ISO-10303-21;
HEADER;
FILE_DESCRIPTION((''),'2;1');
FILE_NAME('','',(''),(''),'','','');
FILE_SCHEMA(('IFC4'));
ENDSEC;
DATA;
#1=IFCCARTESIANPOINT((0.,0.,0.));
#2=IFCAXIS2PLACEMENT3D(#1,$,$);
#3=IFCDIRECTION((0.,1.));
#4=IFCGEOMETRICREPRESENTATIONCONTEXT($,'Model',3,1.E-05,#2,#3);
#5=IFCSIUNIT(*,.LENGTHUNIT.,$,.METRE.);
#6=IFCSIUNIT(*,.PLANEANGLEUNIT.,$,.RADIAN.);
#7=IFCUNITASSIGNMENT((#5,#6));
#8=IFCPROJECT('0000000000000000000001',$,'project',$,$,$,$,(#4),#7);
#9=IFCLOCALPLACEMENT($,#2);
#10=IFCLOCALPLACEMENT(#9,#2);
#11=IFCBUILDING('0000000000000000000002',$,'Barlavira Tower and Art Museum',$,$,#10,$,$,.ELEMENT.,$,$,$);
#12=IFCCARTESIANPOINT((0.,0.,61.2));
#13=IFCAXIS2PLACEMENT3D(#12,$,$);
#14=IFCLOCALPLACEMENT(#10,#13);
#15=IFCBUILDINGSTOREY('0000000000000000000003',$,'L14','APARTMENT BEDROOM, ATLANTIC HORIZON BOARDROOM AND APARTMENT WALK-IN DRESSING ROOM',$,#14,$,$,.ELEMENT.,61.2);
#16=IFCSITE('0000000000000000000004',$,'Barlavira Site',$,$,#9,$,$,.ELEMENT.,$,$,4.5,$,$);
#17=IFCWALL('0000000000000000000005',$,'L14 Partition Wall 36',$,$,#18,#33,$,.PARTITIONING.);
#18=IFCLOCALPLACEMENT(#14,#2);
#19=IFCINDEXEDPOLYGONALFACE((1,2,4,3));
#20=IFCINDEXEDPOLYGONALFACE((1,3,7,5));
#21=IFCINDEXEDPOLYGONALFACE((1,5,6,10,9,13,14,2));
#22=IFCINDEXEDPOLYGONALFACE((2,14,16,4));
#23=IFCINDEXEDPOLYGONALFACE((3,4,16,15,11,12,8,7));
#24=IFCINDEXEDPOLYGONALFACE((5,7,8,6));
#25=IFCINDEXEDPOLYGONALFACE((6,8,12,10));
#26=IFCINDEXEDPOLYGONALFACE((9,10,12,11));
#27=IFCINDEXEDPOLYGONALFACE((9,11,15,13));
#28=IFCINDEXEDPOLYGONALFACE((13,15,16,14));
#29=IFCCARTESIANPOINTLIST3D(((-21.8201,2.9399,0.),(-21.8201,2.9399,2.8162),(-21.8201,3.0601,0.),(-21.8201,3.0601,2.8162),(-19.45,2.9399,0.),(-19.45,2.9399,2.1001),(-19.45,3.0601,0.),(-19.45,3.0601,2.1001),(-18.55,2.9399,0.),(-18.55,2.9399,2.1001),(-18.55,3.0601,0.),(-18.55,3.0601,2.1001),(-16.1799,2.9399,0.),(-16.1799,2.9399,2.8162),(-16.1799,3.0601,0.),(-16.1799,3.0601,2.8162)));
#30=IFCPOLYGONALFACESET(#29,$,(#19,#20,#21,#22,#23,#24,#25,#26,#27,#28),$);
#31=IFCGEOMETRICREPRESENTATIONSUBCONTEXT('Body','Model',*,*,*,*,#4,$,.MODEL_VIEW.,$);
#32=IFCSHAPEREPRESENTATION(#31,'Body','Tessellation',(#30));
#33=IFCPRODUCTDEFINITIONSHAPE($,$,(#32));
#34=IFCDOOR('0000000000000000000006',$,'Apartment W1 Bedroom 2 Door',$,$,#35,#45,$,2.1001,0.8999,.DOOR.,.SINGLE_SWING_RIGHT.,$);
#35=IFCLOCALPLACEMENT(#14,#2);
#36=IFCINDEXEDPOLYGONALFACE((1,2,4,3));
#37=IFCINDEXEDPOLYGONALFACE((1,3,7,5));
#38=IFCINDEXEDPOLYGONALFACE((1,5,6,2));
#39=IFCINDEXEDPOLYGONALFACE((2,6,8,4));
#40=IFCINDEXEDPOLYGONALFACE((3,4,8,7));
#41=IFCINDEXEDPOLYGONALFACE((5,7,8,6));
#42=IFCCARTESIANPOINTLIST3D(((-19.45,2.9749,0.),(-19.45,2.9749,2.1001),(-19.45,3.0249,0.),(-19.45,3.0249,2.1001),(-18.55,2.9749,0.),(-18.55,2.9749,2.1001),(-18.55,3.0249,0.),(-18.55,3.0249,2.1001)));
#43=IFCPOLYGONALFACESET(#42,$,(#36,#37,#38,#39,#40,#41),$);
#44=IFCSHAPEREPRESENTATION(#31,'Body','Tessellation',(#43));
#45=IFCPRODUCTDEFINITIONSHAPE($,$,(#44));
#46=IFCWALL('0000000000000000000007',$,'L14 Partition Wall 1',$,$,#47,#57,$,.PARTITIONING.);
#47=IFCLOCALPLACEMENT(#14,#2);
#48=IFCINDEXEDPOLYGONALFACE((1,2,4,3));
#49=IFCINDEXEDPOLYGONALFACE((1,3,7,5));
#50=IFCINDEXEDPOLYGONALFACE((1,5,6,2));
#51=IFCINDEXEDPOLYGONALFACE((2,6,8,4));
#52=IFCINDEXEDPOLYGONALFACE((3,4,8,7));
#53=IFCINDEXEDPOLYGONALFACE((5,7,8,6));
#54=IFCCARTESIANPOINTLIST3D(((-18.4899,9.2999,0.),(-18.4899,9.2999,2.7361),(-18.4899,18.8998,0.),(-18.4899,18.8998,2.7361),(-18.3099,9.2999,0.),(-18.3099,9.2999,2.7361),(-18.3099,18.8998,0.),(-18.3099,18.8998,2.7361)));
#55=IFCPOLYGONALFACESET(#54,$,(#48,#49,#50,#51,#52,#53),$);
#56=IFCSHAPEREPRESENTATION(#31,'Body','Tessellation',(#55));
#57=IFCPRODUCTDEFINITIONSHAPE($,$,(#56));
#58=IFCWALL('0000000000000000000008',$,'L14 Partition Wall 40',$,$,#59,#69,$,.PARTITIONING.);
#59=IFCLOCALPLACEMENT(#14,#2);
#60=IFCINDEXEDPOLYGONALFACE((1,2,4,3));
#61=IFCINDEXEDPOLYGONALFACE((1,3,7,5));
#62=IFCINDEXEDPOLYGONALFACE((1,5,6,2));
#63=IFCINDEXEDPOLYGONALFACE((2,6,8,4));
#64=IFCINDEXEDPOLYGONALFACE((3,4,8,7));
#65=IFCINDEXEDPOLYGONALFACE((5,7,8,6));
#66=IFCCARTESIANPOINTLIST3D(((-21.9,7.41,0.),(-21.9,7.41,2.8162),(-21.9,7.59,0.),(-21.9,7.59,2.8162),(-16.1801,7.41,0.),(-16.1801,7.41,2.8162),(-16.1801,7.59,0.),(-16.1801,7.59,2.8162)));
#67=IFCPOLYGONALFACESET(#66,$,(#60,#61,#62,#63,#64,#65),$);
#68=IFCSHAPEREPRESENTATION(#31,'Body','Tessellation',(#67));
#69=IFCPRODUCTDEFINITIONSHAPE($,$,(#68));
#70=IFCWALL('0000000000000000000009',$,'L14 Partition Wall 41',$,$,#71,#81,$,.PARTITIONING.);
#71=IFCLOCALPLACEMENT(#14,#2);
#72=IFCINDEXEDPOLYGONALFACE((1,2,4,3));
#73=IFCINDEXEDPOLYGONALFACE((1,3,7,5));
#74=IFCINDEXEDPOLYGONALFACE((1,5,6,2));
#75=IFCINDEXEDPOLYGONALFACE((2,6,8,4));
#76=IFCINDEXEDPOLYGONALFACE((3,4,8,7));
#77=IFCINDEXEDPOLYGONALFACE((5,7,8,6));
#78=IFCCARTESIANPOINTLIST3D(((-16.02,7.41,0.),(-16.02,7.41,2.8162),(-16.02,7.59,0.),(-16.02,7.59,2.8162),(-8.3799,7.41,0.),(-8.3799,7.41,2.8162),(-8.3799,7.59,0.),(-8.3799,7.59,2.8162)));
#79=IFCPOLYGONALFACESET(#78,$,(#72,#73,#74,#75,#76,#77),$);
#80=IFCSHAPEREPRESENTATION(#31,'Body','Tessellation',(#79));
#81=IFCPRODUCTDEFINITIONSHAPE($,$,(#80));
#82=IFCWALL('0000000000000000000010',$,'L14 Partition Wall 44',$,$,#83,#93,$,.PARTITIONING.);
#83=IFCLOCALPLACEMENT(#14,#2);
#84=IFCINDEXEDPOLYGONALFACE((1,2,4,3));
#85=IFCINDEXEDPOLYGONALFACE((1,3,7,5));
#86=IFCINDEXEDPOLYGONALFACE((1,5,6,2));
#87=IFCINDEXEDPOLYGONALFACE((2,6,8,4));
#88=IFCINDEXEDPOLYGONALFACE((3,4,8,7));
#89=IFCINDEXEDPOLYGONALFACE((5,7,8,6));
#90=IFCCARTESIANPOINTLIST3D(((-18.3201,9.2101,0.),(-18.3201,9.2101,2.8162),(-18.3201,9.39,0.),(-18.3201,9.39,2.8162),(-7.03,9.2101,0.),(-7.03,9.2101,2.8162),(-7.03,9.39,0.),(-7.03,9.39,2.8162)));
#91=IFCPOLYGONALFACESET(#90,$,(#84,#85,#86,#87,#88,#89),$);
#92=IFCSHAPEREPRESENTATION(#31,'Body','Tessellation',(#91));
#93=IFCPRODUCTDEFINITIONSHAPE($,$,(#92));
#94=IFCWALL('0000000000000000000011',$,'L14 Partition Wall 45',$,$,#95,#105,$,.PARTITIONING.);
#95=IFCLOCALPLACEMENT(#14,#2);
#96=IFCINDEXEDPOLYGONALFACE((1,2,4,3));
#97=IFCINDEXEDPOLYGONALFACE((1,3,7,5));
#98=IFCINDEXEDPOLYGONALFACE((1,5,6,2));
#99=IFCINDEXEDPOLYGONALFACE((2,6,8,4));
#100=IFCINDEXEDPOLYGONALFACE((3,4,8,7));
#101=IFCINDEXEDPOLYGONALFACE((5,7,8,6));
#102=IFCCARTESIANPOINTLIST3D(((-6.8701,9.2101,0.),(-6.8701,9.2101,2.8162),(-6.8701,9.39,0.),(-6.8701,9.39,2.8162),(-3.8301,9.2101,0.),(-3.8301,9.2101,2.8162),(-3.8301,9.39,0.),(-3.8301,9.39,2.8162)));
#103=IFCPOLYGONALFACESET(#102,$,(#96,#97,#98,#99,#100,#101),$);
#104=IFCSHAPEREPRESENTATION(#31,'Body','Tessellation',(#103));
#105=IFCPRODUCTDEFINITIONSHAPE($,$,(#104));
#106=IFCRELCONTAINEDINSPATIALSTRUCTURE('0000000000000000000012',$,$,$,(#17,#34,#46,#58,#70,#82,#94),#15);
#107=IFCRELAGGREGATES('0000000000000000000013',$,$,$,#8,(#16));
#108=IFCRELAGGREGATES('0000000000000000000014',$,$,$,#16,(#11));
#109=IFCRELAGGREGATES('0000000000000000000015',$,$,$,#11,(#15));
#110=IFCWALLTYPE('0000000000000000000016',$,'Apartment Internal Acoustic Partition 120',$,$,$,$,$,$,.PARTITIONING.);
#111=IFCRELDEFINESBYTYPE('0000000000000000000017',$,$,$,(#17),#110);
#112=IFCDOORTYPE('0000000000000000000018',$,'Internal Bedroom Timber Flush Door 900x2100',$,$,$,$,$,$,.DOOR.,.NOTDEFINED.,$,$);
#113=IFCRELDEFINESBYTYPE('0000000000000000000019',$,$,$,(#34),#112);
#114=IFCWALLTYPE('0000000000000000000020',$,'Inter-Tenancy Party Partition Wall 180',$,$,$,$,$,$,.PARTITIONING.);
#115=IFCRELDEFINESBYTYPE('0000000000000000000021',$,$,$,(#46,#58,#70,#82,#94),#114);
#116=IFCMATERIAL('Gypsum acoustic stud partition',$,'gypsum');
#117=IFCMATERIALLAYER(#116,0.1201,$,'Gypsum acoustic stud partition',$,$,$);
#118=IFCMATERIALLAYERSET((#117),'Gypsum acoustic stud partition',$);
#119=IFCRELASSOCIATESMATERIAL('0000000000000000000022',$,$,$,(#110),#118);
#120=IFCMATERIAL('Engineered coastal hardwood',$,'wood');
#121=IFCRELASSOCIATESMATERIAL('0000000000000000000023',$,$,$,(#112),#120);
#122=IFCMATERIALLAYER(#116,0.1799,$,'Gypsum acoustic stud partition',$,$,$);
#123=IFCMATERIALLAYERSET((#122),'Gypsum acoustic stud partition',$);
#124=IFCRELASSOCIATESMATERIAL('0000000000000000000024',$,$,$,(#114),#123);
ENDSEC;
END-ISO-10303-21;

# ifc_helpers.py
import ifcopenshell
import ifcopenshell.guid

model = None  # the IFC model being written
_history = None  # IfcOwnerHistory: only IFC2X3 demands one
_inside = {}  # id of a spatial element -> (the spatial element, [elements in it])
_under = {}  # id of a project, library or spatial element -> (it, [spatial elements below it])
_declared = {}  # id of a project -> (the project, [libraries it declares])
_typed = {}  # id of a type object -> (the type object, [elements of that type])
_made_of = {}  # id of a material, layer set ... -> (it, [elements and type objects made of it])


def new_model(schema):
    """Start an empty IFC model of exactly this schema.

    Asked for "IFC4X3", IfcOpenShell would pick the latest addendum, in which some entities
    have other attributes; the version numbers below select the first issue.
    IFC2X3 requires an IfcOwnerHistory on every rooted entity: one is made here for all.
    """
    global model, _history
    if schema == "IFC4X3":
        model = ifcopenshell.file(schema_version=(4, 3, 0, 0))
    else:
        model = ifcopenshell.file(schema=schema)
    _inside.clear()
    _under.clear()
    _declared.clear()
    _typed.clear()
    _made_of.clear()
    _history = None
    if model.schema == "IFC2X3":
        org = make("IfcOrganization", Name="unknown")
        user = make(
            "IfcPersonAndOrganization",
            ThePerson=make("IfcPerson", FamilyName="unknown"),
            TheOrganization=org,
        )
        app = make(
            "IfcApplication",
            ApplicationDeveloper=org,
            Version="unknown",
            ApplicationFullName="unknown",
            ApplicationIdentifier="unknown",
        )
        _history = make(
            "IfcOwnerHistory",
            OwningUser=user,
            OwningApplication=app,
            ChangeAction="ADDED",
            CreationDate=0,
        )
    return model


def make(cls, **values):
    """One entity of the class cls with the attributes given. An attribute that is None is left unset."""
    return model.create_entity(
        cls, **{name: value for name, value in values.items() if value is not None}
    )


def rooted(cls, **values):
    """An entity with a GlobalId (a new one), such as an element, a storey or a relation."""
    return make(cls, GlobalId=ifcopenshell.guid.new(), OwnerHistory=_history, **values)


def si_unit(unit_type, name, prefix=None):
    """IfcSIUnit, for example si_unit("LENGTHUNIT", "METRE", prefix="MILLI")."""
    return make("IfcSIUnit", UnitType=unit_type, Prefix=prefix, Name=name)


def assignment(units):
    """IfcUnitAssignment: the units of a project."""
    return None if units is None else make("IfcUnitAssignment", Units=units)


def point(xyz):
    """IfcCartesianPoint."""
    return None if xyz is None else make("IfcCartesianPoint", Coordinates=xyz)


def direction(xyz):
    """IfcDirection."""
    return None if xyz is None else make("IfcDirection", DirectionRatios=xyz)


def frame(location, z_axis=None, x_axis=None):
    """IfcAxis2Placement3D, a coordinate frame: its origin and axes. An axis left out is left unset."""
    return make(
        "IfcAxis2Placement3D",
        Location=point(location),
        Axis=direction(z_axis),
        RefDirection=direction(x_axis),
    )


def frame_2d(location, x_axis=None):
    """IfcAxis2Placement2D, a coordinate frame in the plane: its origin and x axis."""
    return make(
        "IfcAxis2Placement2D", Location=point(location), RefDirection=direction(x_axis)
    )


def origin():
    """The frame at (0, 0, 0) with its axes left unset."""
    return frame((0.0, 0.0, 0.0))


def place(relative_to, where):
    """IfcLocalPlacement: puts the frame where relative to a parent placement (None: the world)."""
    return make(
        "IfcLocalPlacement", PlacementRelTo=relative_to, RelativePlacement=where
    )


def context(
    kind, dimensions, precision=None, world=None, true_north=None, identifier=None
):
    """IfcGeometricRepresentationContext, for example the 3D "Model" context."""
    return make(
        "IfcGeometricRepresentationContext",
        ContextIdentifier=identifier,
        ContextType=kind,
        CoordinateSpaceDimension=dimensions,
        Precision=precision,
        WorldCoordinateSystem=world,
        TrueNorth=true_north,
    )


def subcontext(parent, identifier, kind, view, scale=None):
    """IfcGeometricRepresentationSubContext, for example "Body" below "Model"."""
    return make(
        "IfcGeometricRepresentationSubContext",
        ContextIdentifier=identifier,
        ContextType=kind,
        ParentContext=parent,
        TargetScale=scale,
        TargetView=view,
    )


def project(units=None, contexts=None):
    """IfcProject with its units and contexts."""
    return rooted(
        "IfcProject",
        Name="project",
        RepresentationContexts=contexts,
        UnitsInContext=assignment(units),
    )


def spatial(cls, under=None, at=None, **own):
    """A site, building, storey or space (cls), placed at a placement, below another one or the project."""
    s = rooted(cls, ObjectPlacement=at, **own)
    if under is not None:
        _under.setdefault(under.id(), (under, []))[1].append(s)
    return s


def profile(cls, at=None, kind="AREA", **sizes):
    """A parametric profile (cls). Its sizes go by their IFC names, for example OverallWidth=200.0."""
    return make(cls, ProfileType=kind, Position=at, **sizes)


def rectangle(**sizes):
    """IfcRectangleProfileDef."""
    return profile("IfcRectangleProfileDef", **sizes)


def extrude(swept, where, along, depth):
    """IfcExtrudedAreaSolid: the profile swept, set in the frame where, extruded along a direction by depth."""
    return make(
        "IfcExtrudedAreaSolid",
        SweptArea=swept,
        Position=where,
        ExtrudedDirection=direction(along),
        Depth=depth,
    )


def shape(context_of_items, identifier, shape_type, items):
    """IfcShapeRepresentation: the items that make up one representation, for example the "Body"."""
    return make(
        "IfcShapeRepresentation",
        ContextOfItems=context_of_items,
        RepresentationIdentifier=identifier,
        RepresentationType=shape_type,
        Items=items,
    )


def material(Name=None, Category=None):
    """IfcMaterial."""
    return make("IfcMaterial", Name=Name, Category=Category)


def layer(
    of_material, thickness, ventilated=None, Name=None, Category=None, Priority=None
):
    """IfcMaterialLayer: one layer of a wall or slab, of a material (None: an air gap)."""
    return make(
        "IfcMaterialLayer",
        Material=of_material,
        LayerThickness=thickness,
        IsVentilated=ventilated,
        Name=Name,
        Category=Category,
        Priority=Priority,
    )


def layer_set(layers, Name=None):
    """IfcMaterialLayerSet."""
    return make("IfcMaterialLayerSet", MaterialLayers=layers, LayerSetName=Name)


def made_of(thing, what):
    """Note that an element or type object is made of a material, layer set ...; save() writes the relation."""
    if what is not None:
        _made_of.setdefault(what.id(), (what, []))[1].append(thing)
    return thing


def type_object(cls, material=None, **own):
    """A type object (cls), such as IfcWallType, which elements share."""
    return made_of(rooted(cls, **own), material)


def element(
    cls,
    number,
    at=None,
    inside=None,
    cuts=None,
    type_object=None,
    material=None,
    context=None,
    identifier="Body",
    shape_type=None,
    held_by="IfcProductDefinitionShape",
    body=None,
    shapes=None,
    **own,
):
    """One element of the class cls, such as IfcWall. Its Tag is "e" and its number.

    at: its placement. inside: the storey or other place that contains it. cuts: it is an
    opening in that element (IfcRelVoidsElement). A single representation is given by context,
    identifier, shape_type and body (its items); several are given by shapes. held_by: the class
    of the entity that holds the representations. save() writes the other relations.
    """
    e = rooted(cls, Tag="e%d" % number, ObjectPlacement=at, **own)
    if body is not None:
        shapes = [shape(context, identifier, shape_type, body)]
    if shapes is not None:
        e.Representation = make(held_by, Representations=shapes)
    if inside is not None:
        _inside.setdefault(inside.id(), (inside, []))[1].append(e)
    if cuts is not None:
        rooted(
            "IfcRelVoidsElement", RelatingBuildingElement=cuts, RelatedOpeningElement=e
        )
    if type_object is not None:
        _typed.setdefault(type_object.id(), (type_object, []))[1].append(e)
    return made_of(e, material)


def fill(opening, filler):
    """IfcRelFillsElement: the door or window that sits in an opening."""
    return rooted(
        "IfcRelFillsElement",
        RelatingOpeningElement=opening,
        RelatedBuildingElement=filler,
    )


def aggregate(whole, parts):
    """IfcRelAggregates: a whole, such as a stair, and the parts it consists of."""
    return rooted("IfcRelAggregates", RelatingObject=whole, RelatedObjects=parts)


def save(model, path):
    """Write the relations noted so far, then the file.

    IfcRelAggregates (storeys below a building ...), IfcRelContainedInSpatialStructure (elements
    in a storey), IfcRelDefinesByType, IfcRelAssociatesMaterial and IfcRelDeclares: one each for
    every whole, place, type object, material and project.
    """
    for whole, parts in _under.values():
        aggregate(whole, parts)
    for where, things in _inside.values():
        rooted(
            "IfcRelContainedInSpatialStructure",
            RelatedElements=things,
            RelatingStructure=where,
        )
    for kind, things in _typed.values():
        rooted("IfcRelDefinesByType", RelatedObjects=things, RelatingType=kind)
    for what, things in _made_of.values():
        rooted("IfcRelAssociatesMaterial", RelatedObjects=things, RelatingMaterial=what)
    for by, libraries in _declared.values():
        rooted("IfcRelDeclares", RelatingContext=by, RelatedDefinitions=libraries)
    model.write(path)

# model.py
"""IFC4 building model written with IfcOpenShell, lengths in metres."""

from ifc_helpers import new_model, si_unit, direction, frame, frame_2d, origin, place, context, subcontext, project, spatial, rectangle, extrude, material, layer, layer_set, type_object, element, fill, save


model = new_model("IFC4")

# Units and contexts
model_context = context("Model", 3, precision=1e-05, world=origin(), true_north=direction((0.0, 1.0)))
body_context = subcontext(model_context, "Body", "Model", "MODEL_VIEW")
ifc_project = project(units=[si_unit("LENGTHUNIT", "METRE"), si_unit("PLANEANGLEUNIT", "RADIAN")], contexts=[model_context])

# Site, building, storey
site_placement = place(None, origin())
site = spatial("IfcSite", under=ifc_project, at=site_placement, Name="Barlavira Site", CompositionType="ELEMENT", RefElevation=4.5)
building_placement = place(site_placement, origin())
building = spatial("IfcBuilding", under=site, at=building_placement, Name="Barlavira Tower and Art Museum", CompositionType="ELEMENT")
storey_placement = place(building_placement, frame((0.0, 0.0, 61.2)))
storey = spatial("IfcBuildingStorey", under=building, at=storey_placement, Name="L14", Description="APARTMENT BEDROOM, ATLANTIC HORIZON BOARDROOM AND APARTMENT WALK-IN DRESSING ROOM", CompositionType="ELEMENT", Elevation=61.2)

# Wall, opening, door
ifc_material_1 = material(Name="Gypsum acoustic stud partition", Category="gypsum")
ifc_layer_1 = layer(ifc_material_1, 0.1201, Name="Gypsum acoustic stud partition")
ifc_layer_set_1 = layer_set([ifc_layer_1], Name="Gypsum acoustic stud partition")
wall_type_1 = type_object("IfcWallType", Name="Apartment Internal Acoustic Partition 120", PredefinedType="PARTITIONING", material=ifc_layer_set_1)
ifc_material_2 = material(Name="Engineered coastal hardwood", Category="wood")
door_type = type_object("IfcDoorType", Name="Internal Bedroom Timber Flush Door 900x2100", OperationType="NOTDEFINED", PredefinedType="DOOR", material=ifc_material_2)
wall_1_placement = place(storey_placement, frame((-21.8201, 3.0, 0.0), z_axis=(0.0, 0.0, 1.0), x_axis=(1.0, 0.0, 0.0)))
wall_1 = element("IfcWall", 1, at=wall_1_placement, inside=storey, type_object=wall_type_1, Name="L14 Partition Wall 36", PredefinedType="PARTITIONING", context=body_context, shape_type="SweptSolid", body=[
    extrude(rectangle(XDim=5.6401, YDim=0.1201, at=frame_2d((2.8201, 0.0))), origin(), (0.0, 0.0, 1.0), 2.8162),
])
opening_1_placement = place(wall_1_placement, frame((2.3701, 0.0, 0.0)))
opening_1 = element("IfcOpeningElement", 2, at=opening_1_placement, cuts=wall_1, PredefinedType="OPENING", context=body_context, shape_type="SweptSolid", body=[
    extrude(rectangle(XDim=0.8999, YDim=2.1001, at=frame_2d((0.45, 1.05))), frame((0.0, 0.0701, 0.0), z_axis=(0.0, -1.0, 0.0), x_axis=(1.0, 0.0, 0.0)), (0.0, 0.0, 1.0), 0.1401),
])
door_1_placement = place(opening_1_placement, origin())
door_1 = element("IfcDoor", 3, at=door_1_placement, inside=storey, type_object=door_type, Name="Apartment W1 Bedroom 2 Door", OperationType="SINGLE_SWING_RIGHT", OverallHeight=2.1001, OverallWidth=0.8999, PredefinedType="DOOR", context=body_context, shape_type="SweptSolid", body=[
    extrude(rectangle(XDim=0.8999, YDim=2.1001, at=frame_2d((0.45, 1.05))), frame((0.0, 0.0249, 0.0), z_axis=(0.0, -1.0, 0.0), x_axis=(1.0, 0.0, 0.0)), (0.0, 0.0, 1.0), 0.05),
])
fill(opening_1, door_1)

# Walls
ifc_layer_2 = layer(ifc_material_1, 0.1799, Name="Gypsum acoustic stud partition")
ifc_layer_set_2 = layer_set([ifc_layer_2], Name="Gypsum acoustic stud partition")
wall_type_2 = type_object("IfcWallType", Name="Inter-Tenancy Party Partition Wall 180", PredefinedType="PARTITIONING", material=ifc_layer_set_2)
wall_2_placement = place(storey_placement, frame((-18.3999, 9.3, 0.0), z_axis=(0.0, 0.0, 1.0), x_axis=(0.0, 1.0, 0.0)))
element("IfcWall", 4, at=wall_2_placement, inside=storey, type_object=wall_type_2, Name="L14 Partition Wall 1", PredefinedType="PARTITIONING", context=body_context, shape_type="SweptSolid", body=[
    extrude(rectangle(XDim=9.5999, YDim=0.1799, at=frame_2d((4.7998, 0.0))), origin(), (0.0, 0.0, 1.0), 2.7361),
])
wall_3_placement = place(storey_placement, frame((-21.8999, 7.5, 0.0), z_axis=(0.0, 0.0, 1.0), x_axis=(1.0, 0.0, 0.0)))
element("IfcWall", 5, at=wall_3_placement, inside=storey, type_object=wall_type_2, Name="L14 Partition Wall 40", PredefinedType="PARTITIONING", context=body_context, shape_type="SweptSolid", body=[
    extrude(rectangle(XDim=5.72, YDim=0.1799, at=frame_2d((2.8599, 0.0))), origin(), (0.0, 0.0, 1.0), 2.8162),
])
wall_4_placement = place(storey_placement, frame((-16.02, 7.5, 0.0), z_axis=(0.0, 0.0, 1.0), x_axis=(1.0, 0.0, 0.0)))
element("IfcWall", 6, at=wall_4_placement, inside=storey, type_object=wall_type_2, Name="L14 Partition Wall 41", PredefinedType="PARTITIONING", context=body_context, shape_type="SweptSolid", body=[
    extrude(rectangle(XDim=7.6401, YDim=0.1799, at=frame_2d((3.8201, 0.0))), origin(), (0.0, 0.0, 1.0), 2.8162),
])
wall_5_placement = place(storey_placement, frame((-18.3201, 9.3, 0.0), z_axis=(0.0, 0.0, 1.0), x_axis=(1.0, 0.0, 0.0)))
element("IfcWall", 7, at=wall_5_placement, inside=storey, type_object=wall_type_2, Name="L14 Partition Wall 44", PredefinedType="PARTITIONING", context=body_context, shape_type="SweptSolid", body=[
    extrude(rectangle(XDim=11.29, YDim=0.1799, at=frame_2d((5.645, 0.0))), origin(), (0.0, 0.0, 1.0), 2.8162),
])
wall_6_placement = place(storey_placement, frame((-6.8701, 9.3, 0.0), z_axis=(0.0, 0.0, 1.0), x_axis=(1.0, 0.0, 0.0)))
element("IfcWall", 8, at=wall_6_placement, inside=storey, type_object=wall_type_2, Name="L14 Partition Wall 45", PredefinedType="PARTITIONING", context=body_context, shape_type="SweptSolid", body=[
    extrude(rectangle(XDim=3.04, YDim=0.1799, at=frame_2d((1.52, 0.0))), origin(), (0.0, 0.0, 1.0), 2.8162),
])

save(model, "model.ifc")
